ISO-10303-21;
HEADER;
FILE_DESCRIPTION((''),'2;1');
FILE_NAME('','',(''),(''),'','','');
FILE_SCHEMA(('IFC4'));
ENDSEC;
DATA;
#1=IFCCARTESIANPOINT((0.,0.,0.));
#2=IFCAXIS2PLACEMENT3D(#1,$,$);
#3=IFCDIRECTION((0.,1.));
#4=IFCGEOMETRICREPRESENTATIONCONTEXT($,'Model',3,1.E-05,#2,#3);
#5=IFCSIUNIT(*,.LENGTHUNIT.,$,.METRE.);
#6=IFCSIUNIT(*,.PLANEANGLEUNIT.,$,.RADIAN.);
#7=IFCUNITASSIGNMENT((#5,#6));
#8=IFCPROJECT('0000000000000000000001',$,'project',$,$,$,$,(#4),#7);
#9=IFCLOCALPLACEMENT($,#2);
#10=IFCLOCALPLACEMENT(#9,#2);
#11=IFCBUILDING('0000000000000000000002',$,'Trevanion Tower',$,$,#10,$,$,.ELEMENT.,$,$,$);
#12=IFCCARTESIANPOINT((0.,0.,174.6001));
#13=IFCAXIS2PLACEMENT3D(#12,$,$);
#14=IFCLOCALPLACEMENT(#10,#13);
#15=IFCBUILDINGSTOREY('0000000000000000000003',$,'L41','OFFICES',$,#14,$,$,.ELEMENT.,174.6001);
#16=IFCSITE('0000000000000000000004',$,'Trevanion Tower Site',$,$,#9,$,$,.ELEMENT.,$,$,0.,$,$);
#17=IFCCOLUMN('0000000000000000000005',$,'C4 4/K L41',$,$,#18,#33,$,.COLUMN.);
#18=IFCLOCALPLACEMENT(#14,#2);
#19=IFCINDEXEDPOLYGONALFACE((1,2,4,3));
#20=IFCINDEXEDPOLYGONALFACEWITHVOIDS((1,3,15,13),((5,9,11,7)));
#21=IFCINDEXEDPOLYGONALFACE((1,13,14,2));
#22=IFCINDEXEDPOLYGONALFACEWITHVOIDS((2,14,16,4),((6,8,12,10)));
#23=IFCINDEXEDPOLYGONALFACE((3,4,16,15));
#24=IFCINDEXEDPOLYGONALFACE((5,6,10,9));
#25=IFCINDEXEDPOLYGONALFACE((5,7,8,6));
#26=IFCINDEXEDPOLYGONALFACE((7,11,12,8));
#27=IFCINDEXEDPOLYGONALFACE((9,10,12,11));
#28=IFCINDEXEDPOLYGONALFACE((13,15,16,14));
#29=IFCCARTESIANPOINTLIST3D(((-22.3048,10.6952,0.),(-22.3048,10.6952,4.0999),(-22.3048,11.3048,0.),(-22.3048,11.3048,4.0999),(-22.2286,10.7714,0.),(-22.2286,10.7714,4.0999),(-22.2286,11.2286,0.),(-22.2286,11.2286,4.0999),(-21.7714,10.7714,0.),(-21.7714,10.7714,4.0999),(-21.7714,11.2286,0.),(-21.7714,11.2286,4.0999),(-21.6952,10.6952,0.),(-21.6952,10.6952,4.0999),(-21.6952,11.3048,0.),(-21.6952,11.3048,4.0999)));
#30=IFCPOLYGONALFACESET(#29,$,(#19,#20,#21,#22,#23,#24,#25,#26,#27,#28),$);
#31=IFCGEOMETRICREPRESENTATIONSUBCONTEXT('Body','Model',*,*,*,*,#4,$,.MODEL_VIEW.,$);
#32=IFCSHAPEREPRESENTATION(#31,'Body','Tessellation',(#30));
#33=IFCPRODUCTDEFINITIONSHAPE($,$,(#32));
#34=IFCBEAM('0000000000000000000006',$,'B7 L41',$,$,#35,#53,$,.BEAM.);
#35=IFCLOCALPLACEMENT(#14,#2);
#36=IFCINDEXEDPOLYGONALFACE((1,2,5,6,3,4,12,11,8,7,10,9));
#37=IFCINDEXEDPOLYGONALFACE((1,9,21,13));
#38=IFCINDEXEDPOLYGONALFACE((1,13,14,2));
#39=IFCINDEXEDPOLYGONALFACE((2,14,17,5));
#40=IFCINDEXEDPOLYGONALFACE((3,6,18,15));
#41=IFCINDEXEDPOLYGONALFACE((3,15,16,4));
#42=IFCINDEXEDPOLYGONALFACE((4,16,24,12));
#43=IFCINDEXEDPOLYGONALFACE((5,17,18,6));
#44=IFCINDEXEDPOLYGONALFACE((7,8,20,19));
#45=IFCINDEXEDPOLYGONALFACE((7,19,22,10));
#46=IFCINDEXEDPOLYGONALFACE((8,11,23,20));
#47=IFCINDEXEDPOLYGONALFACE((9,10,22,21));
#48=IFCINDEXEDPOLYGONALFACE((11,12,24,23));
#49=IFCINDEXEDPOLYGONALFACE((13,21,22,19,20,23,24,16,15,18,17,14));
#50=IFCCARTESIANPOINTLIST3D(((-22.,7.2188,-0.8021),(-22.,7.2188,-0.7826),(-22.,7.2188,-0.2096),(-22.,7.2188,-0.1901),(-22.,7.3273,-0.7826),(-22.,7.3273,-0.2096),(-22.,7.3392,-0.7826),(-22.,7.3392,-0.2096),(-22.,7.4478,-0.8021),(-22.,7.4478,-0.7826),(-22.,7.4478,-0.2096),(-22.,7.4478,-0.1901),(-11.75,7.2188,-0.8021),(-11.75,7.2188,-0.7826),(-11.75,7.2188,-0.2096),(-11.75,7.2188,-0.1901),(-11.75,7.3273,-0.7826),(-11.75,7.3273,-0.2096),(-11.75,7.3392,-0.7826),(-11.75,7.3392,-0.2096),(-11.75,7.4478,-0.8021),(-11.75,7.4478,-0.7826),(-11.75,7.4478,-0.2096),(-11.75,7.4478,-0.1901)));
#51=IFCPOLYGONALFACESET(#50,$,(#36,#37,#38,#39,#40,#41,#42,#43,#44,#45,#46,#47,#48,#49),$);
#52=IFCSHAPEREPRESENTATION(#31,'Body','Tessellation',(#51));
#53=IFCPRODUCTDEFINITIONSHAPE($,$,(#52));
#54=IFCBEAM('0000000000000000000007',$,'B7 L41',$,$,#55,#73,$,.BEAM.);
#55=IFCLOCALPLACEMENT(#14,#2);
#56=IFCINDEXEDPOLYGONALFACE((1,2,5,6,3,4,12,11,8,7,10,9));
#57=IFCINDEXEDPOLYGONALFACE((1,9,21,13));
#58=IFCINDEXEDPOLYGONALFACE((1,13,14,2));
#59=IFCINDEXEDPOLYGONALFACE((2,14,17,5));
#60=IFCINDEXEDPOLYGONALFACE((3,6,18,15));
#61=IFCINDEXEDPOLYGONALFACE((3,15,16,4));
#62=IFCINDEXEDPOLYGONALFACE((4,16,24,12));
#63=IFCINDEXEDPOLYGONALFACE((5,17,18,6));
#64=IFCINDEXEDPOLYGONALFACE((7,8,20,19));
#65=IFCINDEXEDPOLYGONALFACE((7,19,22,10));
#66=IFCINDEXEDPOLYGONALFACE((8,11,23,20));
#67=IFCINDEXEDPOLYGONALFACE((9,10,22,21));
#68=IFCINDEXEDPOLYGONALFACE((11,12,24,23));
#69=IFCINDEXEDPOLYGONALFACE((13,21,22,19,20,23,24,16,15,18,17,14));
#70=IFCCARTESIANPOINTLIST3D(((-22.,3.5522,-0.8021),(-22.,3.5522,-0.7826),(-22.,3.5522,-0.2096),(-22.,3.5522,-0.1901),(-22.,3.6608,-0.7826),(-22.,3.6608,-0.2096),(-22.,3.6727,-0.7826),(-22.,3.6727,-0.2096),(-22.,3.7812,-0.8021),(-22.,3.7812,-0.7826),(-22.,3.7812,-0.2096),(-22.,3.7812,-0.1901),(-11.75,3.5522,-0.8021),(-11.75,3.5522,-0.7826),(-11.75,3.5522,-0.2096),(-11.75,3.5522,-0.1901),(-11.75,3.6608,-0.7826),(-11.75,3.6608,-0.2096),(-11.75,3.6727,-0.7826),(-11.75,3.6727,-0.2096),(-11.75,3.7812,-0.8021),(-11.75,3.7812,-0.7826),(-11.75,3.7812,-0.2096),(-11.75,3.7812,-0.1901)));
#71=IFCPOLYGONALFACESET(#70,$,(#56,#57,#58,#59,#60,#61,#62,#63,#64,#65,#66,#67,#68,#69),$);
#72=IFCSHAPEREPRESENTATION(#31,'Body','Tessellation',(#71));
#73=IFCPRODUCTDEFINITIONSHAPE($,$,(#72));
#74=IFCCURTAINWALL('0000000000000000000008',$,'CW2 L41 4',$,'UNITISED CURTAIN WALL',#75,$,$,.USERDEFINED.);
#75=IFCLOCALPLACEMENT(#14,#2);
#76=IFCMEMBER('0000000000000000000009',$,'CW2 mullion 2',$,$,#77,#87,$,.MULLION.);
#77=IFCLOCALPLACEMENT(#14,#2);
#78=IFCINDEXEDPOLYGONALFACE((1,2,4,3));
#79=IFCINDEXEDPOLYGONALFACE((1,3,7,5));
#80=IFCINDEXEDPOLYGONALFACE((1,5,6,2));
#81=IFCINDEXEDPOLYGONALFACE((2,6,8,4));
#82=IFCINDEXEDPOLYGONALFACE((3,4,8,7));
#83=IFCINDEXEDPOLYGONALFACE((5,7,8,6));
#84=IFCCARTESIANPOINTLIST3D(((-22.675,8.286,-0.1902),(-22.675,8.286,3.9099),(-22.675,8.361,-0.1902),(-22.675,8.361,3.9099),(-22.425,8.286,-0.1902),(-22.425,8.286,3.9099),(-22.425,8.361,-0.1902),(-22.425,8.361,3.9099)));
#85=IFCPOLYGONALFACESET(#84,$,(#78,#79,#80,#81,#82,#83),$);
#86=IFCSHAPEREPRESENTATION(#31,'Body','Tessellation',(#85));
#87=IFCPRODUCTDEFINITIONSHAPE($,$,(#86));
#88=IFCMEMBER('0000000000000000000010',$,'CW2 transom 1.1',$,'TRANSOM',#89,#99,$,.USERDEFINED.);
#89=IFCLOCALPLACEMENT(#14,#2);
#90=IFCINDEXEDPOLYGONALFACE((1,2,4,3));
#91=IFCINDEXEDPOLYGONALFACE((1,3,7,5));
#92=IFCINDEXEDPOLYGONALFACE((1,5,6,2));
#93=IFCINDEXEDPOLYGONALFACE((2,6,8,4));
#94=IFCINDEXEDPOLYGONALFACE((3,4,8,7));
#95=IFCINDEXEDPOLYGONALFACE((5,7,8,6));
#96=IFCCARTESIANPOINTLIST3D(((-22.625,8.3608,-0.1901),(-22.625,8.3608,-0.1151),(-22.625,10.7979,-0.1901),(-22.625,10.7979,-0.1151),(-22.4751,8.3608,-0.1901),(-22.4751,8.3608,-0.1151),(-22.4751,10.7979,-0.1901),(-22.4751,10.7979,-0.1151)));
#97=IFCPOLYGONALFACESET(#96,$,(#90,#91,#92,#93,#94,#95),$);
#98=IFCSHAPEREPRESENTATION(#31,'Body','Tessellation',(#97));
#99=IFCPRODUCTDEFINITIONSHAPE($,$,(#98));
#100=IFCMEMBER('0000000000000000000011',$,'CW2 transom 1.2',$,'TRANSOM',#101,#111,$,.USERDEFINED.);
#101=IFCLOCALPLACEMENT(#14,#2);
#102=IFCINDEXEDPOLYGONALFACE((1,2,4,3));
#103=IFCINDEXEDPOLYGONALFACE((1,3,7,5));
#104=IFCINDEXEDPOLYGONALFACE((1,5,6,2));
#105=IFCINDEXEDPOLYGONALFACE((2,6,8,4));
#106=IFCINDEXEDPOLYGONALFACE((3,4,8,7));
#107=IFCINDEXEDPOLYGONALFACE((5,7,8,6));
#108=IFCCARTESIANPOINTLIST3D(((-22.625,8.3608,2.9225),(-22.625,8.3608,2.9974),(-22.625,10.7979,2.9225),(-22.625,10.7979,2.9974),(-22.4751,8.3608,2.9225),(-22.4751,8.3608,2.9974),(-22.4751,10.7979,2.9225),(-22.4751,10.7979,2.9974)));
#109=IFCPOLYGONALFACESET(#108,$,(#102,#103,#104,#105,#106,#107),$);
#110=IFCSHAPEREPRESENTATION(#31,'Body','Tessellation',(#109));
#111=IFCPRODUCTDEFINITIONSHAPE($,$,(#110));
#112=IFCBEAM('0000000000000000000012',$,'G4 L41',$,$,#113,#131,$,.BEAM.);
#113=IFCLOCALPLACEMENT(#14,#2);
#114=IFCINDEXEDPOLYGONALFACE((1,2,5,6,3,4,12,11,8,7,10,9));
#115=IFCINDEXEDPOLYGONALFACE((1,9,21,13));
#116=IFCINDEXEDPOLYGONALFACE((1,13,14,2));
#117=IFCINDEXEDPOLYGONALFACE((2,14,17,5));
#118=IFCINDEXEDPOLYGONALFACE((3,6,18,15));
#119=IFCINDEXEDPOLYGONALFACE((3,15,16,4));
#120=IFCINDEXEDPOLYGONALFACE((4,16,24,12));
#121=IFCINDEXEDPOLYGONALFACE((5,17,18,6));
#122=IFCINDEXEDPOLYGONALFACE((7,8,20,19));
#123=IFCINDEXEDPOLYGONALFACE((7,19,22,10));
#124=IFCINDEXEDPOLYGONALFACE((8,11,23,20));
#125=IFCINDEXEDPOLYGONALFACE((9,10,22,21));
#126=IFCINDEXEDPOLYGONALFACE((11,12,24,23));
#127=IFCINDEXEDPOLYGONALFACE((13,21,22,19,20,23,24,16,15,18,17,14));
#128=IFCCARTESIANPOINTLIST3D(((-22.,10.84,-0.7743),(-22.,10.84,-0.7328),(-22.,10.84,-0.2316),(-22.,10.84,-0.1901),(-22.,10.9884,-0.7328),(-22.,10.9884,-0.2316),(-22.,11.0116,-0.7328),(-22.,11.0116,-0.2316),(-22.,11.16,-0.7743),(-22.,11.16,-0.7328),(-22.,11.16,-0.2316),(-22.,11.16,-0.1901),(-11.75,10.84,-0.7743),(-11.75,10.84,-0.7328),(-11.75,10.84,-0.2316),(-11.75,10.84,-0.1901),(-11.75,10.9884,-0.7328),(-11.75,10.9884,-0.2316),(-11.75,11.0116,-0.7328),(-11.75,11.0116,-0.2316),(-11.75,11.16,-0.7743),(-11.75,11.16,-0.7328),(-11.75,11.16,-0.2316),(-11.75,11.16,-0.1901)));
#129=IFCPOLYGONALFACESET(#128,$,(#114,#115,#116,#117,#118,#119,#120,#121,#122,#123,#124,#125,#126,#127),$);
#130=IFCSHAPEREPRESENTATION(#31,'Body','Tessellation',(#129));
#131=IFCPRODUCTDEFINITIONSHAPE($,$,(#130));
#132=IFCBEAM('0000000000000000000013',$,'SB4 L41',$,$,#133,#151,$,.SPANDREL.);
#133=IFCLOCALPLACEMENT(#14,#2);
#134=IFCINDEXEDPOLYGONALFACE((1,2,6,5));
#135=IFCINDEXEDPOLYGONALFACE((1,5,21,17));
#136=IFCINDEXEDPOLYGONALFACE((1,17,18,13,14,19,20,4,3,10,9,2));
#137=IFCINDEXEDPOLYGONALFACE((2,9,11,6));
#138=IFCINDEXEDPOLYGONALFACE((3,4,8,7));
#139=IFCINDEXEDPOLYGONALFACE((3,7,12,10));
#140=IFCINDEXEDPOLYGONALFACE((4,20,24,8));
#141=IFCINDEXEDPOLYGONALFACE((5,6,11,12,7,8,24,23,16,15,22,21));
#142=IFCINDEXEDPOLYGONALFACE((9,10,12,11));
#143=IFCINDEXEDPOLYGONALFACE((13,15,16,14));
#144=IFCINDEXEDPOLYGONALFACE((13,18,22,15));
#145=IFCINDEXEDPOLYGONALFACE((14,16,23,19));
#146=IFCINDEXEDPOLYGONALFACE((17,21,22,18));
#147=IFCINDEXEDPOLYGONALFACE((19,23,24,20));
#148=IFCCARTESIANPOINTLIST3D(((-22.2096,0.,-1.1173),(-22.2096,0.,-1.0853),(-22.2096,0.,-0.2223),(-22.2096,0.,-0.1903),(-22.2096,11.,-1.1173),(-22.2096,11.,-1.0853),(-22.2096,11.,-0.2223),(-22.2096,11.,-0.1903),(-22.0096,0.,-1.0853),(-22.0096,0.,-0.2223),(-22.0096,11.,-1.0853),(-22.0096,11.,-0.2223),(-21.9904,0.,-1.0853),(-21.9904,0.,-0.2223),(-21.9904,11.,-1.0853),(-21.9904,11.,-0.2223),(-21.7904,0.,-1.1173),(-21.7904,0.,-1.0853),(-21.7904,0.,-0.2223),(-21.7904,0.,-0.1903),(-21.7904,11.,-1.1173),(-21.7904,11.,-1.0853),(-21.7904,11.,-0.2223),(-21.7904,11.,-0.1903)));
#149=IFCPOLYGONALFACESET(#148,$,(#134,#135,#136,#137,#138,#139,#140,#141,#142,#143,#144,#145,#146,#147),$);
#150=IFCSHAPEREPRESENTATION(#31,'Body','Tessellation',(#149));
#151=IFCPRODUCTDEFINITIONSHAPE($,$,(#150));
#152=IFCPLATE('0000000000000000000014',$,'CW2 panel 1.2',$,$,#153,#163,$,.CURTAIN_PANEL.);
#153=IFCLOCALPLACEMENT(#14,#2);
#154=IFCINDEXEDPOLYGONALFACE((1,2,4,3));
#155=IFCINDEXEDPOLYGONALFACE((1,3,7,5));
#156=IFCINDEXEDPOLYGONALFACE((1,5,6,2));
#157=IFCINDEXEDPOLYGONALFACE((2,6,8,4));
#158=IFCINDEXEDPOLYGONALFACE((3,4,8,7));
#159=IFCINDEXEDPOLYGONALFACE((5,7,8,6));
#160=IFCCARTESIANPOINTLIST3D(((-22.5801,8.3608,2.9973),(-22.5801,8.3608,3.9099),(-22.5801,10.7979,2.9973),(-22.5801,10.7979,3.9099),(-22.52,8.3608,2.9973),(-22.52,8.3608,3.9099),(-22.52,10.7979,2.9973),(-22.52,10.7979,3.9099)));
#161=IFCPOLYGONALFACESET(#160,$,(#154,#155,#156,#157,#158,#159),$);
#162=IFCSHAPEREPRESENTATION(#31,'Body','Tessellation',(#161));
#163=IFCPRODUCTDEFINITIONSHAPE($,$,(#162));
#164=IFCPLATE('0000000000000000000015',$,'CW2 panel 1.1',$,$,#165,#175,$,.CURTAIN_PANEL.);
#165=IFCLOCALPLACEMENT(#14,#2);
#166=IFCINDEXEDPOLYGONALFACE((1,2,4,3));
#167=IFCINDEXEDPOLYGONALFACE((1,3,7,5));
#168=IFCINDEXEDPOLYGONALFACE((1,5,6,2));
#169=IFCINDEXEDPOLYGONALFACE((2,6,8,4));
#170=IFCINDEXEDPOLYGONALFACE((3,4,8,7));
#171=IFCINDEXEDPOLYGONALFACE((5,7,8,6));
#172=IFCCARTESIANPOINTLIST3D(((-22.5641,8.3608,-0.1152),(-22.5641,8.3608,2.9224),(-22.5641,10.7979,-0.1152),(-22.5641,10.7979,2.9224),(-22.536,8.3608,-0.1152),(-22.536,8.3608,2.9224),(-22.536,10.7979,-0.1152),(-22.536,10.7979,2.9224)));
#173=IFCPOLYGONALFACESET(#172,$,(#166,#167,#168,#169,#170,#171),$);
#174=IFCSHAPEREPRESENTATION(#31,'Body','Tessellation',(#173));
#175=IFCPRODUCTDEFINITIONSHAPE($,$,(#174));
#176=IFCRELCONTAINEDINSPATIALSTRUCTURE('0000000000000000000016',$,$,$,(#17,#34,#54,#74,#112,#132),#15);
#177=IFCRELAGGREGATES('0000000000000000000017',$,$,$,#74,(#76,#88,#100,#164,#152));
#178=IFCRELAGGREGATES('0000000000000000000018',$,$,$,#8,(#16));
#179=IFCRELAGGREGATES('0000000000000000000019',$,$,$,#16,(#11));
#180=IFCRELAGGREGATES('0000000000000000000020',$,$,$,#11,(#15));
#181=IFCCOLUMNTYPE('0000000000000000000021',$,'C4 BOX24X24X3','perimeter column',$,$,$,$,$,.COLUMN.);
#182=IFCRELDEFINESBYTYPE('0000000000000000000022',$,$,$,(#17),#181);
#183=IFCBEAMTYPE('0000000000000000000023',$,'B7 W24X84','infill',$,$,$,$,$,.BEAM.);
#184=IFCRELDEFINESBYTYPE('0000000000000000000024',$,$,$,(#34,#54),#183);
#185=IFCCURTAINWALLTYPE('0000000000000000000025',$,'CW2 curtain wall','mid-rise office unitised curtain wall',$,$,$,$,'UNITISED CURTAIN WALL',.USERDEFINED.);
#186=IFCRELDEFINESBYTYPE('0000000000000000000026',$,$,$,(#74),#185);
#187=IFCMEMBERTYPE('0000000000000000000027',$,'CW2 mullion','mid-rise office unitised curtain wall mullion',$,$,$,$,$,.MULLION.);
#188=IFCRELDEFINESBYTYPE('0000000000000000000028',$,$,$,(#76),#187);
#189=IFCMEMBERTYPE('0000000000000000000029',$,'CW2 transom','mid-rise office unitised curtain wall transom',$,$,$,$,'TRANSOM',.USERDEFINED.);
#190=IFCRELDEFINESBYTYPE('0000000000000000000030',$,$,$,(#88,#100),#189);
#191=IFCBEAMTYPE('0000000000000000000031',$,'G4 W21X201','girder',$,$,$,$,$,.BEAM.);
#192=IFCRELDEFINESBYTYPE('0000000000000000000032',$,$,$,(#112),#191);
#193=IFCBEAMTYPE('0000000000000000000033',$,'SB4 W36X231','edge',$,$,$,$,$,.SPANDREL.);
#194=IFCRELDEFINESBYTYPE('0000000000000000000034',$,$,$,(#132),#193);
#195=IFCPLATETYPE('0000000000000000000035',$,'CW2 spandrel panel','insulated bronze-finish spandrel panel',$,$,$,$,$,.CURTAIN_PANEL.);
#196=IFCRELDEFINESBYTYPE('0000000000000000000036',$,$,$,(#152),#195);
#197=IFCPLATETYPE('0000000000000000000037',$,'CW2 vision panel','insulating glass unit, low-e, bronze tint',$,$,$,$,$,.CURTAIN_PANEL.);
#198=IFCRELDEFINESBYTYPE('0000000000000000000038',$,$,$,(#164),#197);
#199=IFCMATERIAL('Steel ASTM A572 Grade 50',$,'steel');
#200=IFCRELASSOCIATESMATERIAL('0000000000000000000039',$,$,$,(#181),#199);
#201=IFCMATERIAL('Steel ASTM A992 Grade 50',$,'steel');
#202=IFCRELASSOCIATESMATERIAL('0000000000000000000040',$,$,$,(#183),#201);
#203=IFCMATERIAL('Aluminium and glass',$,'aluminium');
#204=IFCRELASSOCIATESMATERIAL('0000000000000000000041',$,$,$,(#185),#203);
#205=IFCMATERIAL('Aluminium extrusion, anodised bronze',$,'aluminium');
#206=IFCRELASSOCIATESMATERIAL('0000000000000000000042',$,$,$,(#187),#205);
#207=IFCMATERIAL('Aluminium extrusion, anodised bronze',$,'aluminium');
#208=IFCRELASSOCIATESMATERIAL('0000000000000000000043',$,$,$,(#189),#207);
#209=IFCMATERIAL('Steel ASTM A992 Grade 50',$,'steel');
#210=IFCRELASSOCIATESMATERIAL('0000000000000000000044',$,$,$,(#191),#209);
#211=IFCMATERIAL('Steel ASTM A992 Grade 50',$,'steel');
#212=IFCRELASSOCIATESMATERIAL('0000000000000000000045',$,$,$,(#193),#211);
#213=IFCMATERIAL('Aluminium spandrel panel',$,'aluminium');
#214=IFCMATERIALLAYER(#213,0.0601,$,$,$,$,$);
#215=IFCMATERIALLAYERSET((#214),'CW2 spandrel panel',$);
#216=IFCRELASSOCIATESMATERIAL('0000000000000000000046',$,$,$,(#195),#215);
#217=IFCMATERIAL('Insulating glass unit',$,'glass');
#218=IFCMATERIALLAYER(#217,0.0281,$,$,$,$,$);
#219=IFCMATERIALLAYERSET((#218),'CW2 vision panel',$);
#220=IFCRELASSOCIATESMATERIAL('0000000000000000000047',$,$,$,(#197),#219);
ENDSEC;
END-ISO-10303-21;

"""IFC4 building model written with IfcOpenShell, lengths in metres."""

from ifc_helpers import new_model, si_unit, direction, frame, origin, origin_2d, place, context, subcontext, project, spatial, rectangle, hollow_rectangle, i_section, extrude, material, layer, layer_set, material_profile, profile_set, type_object, element, aggregate, save


model = new_model("IFC4")

# Units and contexts
model_context = context("Model", 3, precision=1e-05, world=origin(), true_north=direction((0.0, 1.0)))
body_context = subcontext(model_context, "Body", "Model", "MODEL_VIEW")
ifc_project = project(units=[si_unit("LENGTHUNIT", "METRE"), si_unit("PLANEANGLEUNIT", "RADIAN")], contexts=[model_context])

# Site, building, storey
site_placement = place(None, origin())
site = spatial("IfcSite", under=ifc_project, at=site_placement, Name="Trevanion Tower Site", CompositionType="ELEMENT", RefElevation=0.0)
building_placement = place(site_placement, origin())
building = spatial("IfcBuilding", under=site, at=building_placement, Name="Trevanion Tower", CompositionType="ELEMENT")
storey_placement = place(building_placement, frame((0.0, 0.0, 174.6001)))
storey = spatial("IfcBuildingStorey", under=building, at=storey_placement, Name="L41", Description="OFFICES", CompositionType="ELEMENT", Elevation=174.6001)

# Column
ifc_material_1 = material(Name="Steel ASTM A572 Grade 50", Category="steel")
ifc_material_profile_1 = material_profile(ifc_material_1, hollow_rectangle(XDim=0.6096, YDim=0.6096, WallThickness=0.0762, at=origin_2d()), Name="BOX24X24X3")
ifc_profile_set_1 = profile_set([ifc_material_profile_1], Name="Steel ASTM A572 Grade 50")
column_type = type_object("IfcColumnType", Name="C4 BOX24X24X3", Description="perimeter column", PredefinedType="COLUMN", material=ifc_profile_set_1)
column_placement = place(storey_placement, frame((-22.0, 11.0, 0.0), z_axis=(0.0, 0.0, 1.0), x_axis=(0.0, 1.0, 0.0)))
element("IfcColumn", 1, at=column_placement, inside=storey, type_object=column_type, Name="C4 4/K L41", PredefinedType="COLUMN", context=body_context, shape_type="SweptSolid", body=[
    extrude(hollow_rectangle(XDim=0.6096, YDim=0.6096, WallThickness=0.0762, at=origin_2d()), origin(), (0.0, 0.0, 1.0), 4.0999),
])

# Beams
ifc_material_2 = material(Name="Steel ASTM A992 Grade 50", Category="steel")
ifc_material_profile_2 = material_profile(ifc_material_2, i_section(OverallWidth=0.229, OverallDepth=0.6121, WebThickness=0.012, FlangeThickness=0.0195, at=origin_2d()), Name="W24X84")
ifc_profile_set_2 = profile_set([ifc_material_profile_2], Name="Steel ASTM A992 Grade 50")
beam_type_1 = type_object("IfcBeamType", Name="B7 W24X84", Description="infill", PredefinedType="BEAM", material=ifc_profile_set_2)
for number, where, z_axis, x_axis, name in (
    (2, (-11.75, 7.3333, -0.4961), (-1.0, 0.0, 0.0), (0.0, -1.0, 0.0), "B7 L41"),
    (3, (-11.75, 3.6667, -0.4961), (-1.0, 0.0, 0.0), (0.0, -1.0, 0.0), "B7 L41"),
):
    element("IfcBeam", number, at=place(storey_placement, frame(where, z_axis=z_axis, x_axis=x_axis)), inside=storey, type_object=beam_type_1, Name=name, PredefinedType="BEAM", context=body_context, shape_type="SweptSolid", body=[
        extrude(i_section(OverallWidth=0.229, OverallDepth=0.6121, WebThickness=0.012, FlangeThickness=0.0195, at=origin_2d()), origin(), (0.0, 0.0, 1.0), 10.25),
    ])

# Curtain wall, members
ifc_material_3 = material(Name="Aluminium and glass", Category="aluminium")
curtain_wall_type = type_object("IfcCurtainWallType", Name="CW2 curtain wall", Description="mid-rise office unitised curtain wall", ElementType="UNITISED CURTAIN WALL", PredefinedType="USERDEFINED", material=ifc_material_3)
curtain_wall_placement = place(storey_placement, origin())
curtain_wall = element("IfcCurtainWall", 4, at=curtain_wall_placement, inside=storey, type_object=curtain_wall_type, Name="CW2 L41 4", ObjectType="UNITISED CURTAIN WALL", PredefinedType="USERDEFINED")
ifc_material_4 = material(Name="Aluminium extrusion, anodised bronze", Category="aluminium")
ifc_material_profile_3 = material_profile(ifc_material_4, rectangle(XDim=0.075, YDim=0.25, at=origin_2d()), Name="CW2 mullion")
ifc_profile_set_3 = profile_set([ifc_material_profile_3], Name="Aluminium extrusion, anodised bronze")
member_type_1 = type_object("IfcMemberType", Name="CW2 mullion", Description="mid-rise office unitised curtain wall mullion", PredefinedType="MULLION", material=ifc_profile_set_3)
member_1_placement = place(storey_placement, frame((-22.55, 8.3235, -0.1902), z_axis=(0.0, 0.0, 1.0), x_axis=(0.0, -1.0, 0.0)))
member_1 = element("IfcMember", 5, at=member_1_placement, type_object=member_type_1, Name="CW2 mullion 2", PredefinedType="MULLION", context=body_context, shape_type="SweptSolid", body=[
    extrude(rectangle(XDim=0.075, YDim=0.25, at=origin_2d()), origin(), (0.0, 0.0, 1.0), 4.1001),
])
ifc_material_5 = material(Name="Aluminium extrusion, anodised bronze", Category="aluminium")
ifc_material_profile_4 = material_profile(ifc_material_5, rectangle(XDim=0.1499, YDim=0.075, at=origin_2d()), Name="CW2 transom")
ifc_profile_set_4 = profile_set([ifc_material_profile_4], Name="Aluminium extrusion, anodised bronze")
member_type_2 = type_object("IfcMemberType", Name="CW2 transom", Description="mid-rise office unitised curtain wall transom", ElementType="TRANSOM", PredefinedType="USERDEFINED", material=ifc_profile_set_4)
member_2_placement = place(storey_placement, frame((-22.55, 10.7979, -0.1526), z_axis=(0.0, -1.0, 0.0), x_axis=(1.0, 0.0, 0.0)))
member_2 = element("IfcMember", 6, at=member_2_placement, type_object=member_type_2, Name="CW2 transom 1.1", ObjectType="TRANSOM", PredefinedType="USERDEFINED", context=body_context, shape_type="SweptSolid", body=[
    extrude(rectangle(XDim=0.1499, YDim=0.075, at=origin_2d()), origin(), (0.0, 0.0, 1.0), 2.437),
])
member_3_placement = place(storey_placement, frame((-22.55, 10.7979, 2.96), z_axis=(0.0, -1.0, 0.0), x_axis=(1.0, 0.0, 0.0)))
member_3 = element("IfcMember", 7, at=member_3_placement, type_object=member_type_2, Name="CW2 transom 1.2", ObjectType="TRANSOM", PredefinedType="USERDEFINED", context=body_context, shape_type="SweptSolid", body=[
    extrude(rectangle(XDim=0.1499, YDim=0.075, at=origin_2d()), origin(), (0.0, 0.0, 1.0), 2.437),
])

# Beams
ifc_material_6 = material(Name="Steel ASTM A992 Grade 50", Category="steel")
ifc_material_profile_5 = material_profile(ifc_material_6, i_section(OverallWidth=0.3201, OverallDepth=0.5842, WebThickness=0.0232, FlangeThickness=0.0415, at=origin_2d()), Name="W21X201")
ifc_profile_set_5 = profile_set([ifc_material_profile_5], Name="Steel ASTM A992 Grade 50")
beam_type_2 = type_object("IfcBeamType", Name="G4 W21X201", Description="girder", PredefinedType="BEAM", material=ifc_profile_set_5)
beam_1_placement = place(storey_placement, frame((-11.75, 11.0, -0.4822), z_axis=(-1.0, 0.0, 0.0), x_axis=(0.0, -1.0, 0.0)))
element("IfcBeam", 8, at=beam_1_placement, inside=storey, type_object=beam_type_2, Name="G4 L41", PredefinedType="BEAM", context=body_context, shape_type="SweptSolid", body=[
    extrude(i_section(OverallWidth=0.3201, OverallDepth=0.5842, WebThickness=0.0232, FlangeThickness=0.0415, at=origin_2d()), origin(), (0.0, 0.0, 1.0), 10.25),
])
ifc_material_7 = material(Name="Steel ASTM A992 Grade 50", Category="steel")
ifc_material_profile_6 = material_profile(ifc_material_7, i_section(OverallWidth=0.4192, OverallDepth=0.927, WebThickness=0.0193, FlangeThickness=0.032, at=origin_2d()), Name="W36X231")
ifc_profile_set_6 = profile_set([ifc_material_profile_6], Name="Steel ASTM A992 Grade 50")
beam_type_3 = type_object("IfcBeamType", Name="SB4 W36X231", Description="edge", PredefinedType="SPANDREL", material=ifc_profile_set_6)
beam_2_placement = place(storey_placement, frame((-22.0, 11.0, -0.6538), z_axis=(0.0, -1.0, 0.0), x_axis=(1.0, 0.0, 0.0)))
element("IfcBeam", 9, at=beam_2_placement, inside=storey, type_object=beam_type_3, Name="SB4 L41", PredefinedType="SPANDREL", context=body_context, shape_type="SweptSolid", body=[
    extrude(i_section(OverallWidth=0.4192, OverallDepth=0.927, WebThickness=0.0193, FlangeThickness=0.032, at=origin_2d()), origin(), (0.0, 0.0, 1.0), 11.0),
])

# Plates
ifc_material_8 = material(Name="Aluminium spandrel panel", Category="aluminium")
ifc_layer_1 = layer(ifc_material_8, 0.0601)
ifc_layer_set_1 = layer_set([ifc_layer_1], Name="CW2 spandrel panel")
plate_type_1 = type_object("IfcPlateType", Name="CW2 spandrel panel", Description="insulated bronze-finish spandrel panel", PredefinedType="CURTAIN_PANEL", material=ifc_layer_set_1)
plate_1_placement = place(storey_placement, frame((-22.55, 9.5793, 2.9973), z_axis=(0.0, 0.0, 1.0), x_axis=(0.0, -1.0, 0.0)))
plate_1 = element("IfcPlate", 10, at=plate_1_placement, type_object=plate_type_1, Name="CW2 panel 1.2", PredefinedType="CURTAIN_PANEL", context=body_context, shape_type="SweptSolid", body=[
    extrude(rectangle(XDim=2.437, YDim=0.0601, at=origin_2d()), origin(), (0.0, 0.0, 1.0), 0.9126),
])
ifc_material_9 = material(Name="Insulating glass unit", Category="glass")
ifc_layer_2 = layer(ifc_material_9, 0.0281)
ifc_layer_set_2 = layer_set([ifc_layer_2], Name="CW2 vision panel")
plate_type_2 = type_object("IfcPlateType", Name="CW2 vision panel", Description="insulating glass unit, low-e, bronze tint", PredefinedType="CURTAIN_PANEL", material=ifc_layer_set_2)
plate_2_placement = place(storey_placement, frame((-22.55, 9.5793, -0.1152), z_axis=(0.0, 0.0, 1.0), x_axis=(0.0, -1.0, 0.0)))
plate_2 = element("IfcPlate", 11, at=plate_2_placement, type_object=plate_type_2, Name="CW2 panel 1.1", PredefinedType="CURTAIN_PANEL", context=body_context, shape_type="SweptSolid", body=[
    extrude(rectangle(XDim=2.437, YDim=0.0281, at=origin_2d()), origin(), (0.0, 0.0, 1.0), 3.0376),
])
aggregate(curtain_wall, [member_1, member_2, member_3, plate_2, plate_1])

save(model, "model.ifc")
